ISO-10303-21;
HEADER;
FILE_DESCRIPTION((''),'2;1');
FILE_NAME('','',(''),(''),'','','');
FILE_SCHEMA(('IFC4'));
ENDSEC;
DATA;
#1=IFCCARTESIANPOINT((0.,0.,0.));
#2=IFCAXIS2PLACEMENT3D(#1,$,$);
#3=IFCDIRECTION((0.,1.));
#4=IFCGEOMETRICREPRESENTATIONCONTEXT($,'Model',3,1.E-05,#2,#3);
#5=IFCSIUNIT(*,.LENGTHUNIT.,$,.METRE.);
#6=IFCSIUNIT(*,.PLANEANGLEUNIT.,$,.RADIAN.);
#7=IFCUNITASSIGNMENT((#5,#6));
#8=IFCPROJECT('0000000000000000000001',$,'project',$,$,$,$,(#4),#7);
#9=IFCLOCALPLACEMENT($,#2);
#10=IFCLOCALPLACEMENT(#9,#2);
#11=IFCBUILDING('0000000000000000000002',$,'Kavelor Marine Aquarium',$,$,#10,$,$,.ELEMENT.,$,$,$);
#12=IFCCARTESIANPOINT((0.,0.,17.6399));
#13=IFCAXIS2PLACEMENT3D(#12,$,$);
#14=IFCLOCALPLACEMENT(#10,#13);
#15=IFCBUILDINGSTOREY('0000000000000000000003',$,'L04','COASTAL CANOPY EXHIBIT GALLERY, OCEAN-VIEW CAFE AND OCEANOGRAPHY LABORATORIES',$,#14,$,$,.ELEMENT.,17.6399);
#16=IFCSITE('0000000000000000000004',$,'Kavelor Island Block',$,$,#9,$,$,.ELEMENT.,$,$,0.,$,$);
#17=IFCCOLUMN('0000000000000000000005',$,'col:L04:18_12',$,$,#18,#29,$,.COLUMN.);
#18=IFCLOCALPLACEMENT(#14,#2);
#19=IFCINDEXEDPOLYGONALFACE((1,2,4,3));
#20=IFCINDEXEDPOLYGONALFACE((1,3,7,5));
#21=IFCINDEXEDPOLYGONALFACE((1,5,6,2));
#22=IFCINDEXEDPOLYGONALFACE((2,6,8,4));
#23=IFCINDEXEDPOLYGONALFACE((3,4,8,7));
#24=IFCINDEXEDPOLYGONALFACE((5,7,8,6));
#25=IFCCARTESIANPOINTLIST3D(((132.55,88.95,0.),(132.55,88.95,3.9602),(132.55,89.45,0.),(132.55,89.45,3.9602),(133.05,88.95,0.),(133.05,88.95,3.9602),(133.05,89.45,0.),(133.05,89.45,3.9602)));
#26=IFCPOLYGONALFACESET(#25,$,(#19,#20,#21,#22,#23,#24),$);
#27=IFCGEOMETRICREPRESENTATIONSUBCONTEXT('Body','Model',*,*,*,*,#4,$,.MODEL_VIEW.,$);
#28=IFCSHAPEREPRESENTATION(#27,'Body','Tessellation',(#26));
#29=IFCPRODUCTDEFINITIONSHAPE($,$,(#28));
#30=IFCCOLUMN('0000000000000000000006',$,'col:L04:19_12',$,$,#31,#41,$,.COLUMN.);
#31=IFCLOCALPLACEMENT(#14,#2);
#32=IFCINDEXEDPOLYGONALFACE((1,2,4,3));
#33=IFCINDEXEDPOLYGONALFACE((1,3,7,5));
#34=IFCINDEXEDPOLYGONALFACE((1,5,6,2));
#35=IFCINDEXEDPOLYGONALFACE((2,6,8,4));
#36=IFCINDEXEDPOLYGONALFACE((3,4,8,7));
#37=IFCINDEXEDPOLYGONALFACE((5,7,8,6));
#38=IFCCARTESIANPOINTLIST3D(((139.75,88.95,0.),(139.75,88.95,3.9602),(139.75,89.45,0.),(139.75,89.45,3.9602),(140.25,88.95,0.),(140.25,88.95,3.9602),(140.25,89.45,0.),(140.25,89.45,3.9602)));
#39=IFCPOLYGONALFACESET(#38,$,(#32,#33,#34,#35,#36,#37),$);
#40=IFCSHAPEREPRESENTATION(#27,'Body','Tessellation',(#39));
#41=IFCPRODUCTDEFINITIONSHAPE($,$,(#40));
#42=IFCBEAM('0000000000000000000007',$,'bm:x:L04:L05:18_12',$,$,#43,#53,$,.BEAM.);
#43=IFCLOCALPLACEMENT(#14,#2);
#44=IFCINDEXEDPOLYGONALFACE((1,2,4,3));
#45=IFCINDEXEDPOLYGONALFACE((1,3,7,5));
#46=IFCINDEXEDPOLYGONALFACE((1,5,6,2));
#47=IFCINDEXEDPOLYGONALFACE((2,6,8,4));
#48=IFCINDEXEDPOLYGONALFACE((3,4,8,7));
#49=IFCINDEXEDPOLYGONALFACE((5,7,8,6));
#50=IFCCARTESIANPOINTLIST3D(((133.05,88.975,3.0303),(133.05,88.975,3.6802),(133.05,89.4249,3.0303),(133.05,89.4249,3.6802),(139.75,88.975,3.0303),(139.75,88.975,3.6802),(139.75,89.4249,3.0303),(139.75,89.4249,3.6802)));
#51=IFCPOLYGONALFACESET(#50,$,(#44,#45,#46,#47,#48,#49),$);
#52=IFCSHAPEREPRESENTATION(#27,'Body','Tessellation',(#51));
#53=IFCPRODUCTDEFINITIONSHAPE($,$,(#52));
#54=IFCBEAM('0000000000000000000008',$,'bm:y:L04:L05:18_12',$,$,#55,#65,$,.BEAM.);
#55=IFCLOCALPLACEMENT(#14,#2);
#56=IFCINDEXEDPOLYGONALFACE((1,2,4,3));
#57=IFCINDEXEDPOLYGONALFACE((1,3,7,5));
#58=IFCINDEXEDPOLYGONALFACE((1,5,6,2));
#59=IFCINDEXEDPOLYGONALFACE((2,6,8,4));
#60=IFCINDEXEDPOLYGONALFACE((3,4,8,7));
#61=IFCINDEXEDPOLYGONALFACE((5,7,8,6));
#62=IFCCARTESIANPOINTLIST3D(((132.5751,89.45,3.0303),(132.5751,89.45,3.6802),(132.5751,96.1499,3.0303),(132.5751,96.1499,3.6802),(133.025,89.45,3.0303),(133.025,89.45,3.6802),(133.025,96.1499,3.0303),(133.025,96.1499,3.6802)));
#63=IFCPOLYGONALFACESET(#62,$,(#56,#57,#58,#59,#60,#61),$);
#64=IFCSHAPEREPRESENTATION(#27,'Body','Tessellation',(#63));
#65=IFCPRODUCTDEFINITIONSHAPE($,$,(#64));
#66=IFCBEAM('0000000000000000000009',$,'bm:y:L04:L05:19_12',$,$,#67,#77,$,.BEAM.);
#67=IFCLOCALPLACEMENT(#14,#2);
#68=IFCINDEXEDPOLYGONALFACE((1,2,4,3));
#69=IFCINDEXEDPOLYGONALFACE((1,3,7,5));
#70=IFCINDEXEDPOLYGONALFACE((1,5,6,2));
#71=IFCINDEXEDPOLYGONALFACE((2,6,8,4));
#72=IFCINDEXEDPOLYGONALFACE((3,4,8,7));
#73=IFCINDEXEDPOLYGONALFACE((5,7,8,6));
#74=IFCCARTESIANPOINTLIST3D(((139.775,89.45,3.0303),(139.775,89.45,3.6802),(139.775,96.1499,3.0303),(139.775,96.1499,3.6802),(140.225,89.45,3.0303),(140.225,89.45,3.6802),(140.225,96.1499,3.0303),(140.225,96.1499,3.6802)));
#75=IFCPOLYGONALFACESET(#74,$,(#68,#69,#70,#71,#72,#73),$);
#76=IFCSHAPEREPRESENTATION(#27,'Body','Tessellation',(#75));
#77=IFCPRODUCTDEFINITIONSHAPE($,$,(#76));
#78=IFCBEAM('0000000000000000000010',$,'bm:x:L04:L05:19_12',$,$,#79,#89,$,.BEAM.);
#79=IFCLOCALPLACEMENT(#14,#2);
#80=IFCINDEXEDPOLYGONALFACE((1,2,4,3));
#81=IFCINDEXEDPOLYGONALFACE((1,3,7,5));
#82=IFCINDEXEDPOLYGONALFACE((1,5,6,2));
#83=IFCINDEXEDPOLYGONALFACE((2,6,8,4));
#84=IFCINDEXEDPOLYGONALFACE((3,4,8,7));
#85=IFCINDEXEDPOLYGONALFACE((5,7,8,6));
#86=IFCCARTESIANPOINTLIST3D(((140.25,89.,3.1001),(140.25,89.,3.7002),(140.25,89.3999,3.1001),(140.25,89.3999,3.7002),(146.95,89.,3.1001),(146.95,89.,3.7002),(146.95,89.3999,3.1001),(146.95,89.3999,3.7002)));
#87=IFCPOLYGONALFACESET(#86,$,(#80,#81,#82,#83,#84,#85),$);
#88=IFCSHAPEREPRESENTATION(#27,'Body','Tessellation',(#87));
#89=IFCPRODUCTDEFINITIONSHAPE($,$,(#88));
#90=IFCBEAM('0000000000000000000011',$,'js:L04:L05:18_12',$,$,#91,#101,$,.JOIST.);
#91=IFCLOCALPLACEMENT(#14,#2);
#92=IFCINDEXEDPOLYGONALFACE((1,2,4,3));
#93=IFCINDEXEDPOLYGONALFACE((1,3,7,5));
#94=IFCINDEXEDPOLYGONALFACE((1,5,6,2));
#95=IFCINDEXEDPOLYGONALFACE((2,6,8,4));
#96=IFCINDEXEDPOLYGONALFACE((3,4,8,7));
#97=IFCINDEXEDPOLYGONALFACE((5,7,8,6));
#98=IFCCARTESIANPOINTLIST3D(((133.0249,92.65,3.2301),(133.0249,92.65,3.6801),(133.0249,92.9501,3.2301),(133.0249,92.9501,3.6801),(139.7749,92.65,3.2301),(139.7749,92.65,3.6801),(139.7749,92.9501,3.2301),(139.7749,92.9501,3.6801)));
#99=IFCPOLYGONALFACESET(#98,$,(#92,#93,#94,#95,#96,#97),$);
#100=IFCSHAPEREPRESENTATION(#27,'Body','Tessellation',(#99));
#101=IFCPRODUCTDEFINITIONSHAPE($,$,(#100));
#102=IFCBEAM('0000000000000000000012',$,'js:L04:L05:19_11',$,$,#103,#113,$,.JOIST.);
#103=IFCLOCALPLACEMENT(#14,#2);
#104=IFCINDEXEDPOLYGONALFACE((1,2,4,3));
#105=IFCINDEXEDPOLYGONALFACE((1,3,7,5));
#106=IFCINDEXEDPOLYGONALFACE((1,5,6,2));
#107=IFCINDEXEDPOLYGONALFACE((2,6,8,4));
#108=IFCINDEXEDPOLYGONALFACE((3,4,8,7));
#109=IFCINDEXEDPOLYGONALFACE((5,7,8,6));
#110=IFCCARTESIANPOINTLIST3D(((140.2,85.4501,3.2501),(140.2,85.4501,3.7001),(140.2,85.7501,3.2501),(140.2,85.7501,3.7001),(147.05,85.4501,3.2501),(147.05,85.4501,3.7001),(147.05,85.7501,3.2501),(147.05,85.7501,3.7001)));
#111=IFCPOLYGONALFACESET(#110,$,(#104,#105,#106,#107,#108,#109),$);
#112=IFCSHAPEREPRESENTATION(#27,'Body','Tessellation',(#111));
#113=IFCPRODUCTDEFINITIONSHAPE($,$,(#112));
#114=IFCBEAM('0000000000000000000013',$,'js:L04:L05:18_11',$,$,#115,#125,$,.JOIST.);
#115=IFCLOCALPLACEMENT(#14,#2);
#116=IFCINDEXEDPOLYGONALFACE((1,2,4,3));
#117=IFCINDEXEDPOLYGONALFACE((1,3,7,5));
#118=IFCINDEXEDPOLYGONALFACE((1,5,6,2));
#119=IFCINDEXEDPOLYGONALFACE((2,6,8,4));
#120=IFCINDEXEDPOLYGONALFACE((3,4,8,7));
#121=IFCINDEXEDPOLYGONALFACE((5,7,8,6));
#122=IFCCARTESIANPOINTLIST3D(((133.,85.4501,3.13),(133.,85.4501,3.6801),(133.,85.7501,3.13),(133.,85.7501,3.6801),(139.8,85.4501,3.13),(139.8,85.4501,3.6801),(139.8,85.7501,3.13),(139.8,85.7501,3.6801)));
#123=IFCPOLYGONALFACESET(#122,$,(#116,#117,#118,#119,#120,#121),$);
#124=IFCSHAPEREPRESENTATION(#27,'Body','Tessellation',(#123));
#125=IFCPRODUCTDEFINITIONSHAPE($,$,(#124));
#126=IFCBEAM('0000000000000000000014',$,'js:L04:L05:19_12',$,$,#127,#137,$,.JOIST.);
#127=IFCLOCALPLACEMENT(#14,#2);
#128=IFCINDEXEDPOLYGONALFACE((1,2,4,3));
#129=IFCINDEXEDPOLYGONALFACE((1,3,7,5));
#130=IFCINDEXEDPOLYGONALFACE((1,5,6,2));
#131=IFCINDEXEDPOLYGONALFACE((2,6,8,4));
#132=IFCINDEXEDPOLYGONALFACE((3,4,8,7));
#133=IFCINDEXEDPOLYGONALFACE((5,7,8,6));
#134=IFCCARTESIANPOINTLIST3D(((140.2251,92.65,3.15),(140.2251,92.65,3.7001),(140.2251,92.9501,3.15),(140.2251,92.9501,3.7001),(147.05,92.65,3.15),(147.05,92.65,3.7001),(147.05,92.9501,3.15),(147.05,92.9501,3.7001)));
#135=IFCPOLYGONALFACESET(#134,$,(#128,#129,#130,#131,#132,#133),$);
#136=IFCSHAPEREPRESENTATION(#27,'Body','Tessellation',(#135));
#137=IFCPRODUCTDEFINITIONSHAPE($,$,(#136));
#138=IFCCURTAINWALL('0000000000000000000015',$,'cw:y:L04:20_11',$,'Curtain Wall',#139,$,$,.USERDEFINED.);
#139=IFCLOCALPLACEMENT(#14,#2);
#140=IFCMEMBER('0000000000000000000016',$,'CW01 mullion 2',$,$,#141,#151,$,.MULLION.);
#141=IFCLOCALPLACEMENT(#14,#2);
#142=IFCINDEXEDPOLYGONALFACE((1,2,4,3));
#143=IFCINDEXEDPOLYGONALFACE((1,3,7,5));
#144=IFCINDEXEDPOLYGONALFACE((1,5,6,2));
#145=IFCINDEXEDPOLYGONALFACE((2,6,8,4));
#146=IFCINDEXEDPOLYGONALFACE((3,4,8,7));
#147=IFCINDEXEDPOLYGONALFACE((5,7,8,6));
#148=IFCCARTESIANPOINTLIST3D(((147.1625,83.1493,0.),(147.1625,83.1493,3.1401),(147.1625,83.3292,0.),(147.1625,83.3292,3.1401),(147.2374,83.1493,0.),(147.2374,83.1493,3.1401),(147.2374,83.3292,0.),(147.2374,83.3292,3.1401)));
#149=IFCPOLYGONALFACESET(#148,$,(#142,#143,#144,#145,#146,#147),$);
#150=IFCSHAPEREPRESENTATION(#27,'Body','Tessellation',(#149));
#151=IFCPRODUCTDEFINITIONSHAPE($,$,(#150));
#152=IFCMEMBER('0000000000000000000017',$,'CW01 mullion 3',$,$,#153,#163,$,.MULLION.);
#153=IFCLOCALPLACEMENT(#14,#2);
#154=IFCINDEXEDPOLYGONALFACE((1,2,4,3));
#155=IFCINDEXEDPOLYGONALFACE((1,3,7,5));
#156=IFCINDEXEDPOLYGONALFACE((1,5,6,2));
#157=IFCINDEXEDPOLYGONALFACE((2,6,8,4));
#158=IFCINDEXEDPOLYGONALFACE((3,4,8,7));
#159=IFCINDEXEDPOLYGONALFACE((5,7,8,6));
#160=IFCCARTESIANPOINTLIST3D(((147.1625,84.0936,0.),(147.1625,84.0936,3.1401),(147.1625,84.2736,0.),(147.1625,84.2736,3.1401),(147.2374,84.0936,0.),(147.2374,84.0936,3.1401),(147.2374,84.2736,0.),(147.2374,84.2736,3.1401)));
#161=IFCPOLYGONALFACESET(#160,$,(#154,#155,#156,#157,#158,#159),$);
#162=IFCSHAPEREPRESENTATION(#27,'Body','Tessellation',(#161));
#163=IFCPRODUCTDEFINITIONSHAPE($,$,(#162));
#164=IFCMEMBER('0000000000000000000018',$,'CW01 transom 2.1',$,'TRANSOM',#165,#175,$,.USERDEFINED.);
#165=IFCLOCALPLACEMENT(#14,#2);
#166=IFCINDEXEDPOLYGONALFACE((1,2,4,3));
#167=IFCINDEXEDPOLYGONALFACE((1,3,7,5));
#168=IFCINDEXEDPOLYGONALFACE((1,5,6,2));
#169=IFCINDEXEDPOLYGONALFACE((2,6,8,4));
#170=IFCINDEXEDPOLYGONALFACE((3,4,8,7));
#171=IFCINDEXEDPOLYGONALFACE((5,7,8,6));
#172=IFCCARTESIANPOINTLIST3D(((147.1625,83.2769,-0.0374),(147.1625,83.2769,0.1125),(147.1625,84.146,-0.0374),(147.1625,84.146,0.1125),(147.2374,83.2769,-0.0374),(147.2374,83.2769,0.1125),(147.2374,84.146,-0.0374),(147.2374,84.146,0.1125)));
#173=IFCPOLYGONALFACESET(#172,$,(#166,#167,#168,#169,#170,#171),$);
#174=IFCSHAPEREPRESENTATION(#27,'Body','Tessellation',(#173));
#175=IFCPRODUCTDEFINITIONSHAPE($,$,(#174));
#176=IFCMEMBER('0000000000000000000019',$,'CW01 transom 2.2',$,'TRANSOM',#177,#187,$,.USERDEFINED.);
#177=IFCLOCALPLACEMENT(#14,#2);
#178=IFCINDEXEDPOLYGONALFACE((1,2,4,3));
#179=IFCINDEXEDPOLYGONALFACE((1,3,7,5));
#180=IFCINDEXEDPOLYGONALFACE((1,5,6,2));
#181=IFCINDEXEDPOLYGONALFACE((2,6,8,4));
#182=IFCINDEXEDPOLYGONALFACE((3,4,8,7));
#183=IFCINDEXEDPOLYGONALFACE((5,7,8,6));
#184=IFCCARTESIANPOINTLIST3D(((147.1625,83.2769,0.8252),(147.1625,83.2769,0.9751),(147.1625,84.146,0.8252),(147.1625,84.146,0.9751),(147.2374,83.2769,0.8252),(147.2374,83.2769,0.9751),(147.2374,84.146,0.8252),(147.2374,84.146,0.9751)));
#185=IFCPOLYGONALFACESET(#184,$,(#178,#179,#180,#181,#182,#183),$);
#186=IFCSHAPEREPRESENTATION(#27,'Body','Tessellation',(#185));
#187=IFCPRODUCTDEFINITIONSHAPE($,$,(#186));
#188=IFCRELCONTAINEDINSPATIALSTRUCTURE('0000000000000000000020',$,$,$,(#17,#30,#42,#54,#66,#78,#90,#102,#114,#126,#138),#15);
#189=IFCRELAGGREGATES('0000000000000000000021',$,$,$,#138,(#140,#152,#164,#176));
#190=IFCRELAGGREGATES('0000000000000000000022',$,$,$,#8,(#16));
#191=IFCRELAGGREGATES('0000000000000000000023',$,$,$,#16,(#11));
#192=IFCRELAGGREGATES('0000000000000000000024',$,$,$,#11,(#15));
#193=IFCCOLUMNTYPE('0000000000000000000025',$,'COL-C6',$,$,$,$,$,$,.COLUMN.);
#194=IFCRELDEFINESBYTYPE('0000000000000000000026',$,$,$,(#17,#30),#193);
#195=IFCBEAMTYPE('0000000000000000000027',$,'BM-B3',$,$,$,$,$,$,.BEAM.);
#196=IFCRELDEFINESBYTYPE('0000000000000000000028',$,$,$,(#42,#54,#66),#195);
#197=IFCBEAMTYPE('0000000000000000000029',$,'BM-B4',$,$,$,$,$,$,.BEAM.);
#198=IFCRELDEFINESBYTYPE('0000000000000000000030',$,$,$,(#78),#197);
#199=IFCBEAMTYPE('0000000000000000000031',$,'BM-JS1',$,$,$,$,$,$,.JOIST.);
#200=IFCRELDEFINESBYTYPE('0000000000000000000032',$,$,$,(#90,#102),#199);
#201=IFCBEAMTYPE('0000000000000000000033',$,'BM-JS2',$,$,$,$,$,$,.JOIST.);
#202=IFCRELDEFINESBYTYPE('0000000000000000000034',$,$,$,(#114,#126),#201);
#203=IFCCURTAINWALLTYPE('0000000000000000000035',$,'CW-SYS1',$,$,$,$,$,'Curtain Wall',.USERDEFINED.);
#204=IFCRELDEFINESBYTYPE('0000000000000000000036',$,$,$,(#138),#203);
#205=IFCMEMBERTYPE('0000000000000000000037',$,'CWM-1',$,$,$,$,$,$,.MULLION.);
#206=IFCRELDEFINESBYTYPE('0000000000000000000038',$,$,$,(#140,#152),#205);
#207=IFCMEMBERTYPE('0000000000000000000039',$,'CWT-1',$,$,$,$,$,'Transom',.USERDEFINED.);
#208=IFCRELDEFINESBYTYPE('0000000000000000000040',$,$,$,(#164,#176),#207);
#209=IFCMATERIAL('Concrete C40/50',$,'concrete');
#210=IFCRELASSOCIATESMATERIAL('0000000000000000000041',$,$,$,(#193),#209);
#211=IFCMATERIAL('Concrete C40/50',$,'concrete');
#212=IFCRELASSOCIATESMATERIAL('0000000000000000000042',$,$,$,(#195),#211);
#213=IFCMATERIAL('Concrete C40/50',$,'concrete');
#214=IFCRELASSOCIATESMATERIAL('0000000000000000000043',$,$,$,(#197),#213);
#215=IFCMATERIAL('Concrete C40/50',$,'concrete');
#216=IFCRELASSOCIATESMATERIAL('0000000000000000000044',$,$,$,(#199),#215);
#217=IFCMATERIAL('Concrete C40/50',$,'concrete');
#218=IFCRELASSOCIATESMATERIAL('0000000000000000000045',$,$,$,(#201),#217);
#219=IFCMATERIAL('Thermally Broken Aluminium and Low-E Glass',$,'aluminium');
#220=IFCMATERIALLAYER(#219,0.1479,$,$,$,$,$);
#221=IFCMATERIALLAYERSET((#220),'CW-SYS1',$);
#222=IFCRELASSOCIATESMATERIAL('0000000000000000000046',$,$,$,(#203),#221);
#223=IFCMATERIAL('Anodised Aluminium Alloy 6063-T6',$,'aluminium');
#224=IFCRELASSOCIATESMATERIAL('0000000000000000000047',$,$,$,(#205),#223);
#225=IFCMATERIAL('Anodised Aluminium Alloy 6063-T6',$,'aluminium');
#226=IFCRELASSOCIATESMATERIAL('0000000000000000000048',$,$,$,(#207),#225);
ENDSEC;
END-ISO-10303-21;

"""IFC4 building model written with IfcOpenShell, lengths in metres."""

from ifc_helpers import new_model, si_unit, direction, frame, origin, origin_2d, place, context, subcontext, project, spatial, rectangle, extrude, material, layer, layer_set, material_profile, profile_set, type_object, element, aggregate, save


model = new_model("IFC4")

# Units and contexts
model_context = context("Model", 3, precision=1e-05, world=origin(), true_north=direction((0.0, 1.0)))
body_context = subcontext(model_context, "Body", "Model", "MODEL_VIEW")
ifc_project = project(units=[si_unit("LENGTHUNIT", "METRE"), si_unit("PLANEANGLEUNIT", "RADIAN")], contexts=[model_context])

# Site, building, storey
site_placement = place(None, origin())
site = spatial("IfcSite", under=ifc_project, at=site_placement, Name="Kavelor Island Block", CompositionType="ELEMENT", RefElevation=0.0)
building_placement = place(site_placement, origin())
building = spatial("IfcBuilding", under=site, at=building_placement, Name="Kavelor Marine Aquarium", CompositionType="ELEMENT")
storey_placement = place(building_placement, frame((0.0, 0.0, 17.6399)))
storey = spatial("IfcBuildingStorey", under=building, at=storey_placement, Name="L04", Description="COASTAL CANOPY EXHIBIT GALLERY, OCEAN-VIEW CAFE AND OCEANOGRAPHY LABORATORIES", CompositionType="ELEMENT", Elevation=17.6399)

# Columns
ifc_material_1 = material(Name="Concrete C40/50", Category="concrete")
ifc_material_profile_1 = material_profile(ifc_material_1, rectangle(XDim=0.5, YDim=0.5, at=origin_2d()), Name="RC-COL 500x500")
ifc_profile_set_1 = profile_set([ifc_material_profile_1], Name="Concrete C40/50")
column_type = type_object("IfcColumnType", Name="COL-C6", PredefinedType="COLUMN", material=ifc_profile_set_1)
for number, where, z_axis, x_axis, name in (
    (1, (132.8, 89.2, 0.0), (0.0, 0.0, 1.0), (1.0, 0.0, 0.0), "col:L04:18_12"),
    (2, (140.0, 89.2, 0.0), (0.0, 0.0, 1.0), (1.0, 0.0, 0.0), "col:L04:19_12"),
):
    element("IfcColumn", number, at=place(storey_placement, frame(where, z_axis=z_axis, x_axis=x_axis)), inside=storey, type_object=column_type, Name=name, PredefinedType="COLUMN", context=body_context, shape_type="SweptSolid", body=[
        extrude(rectangle(XDim=0.5, YDim=0.5, at=origin_2d()), origin(), (0.0, 0.0, 1.0), 3.9602),
    ])

# Beams
ifc_material_2 = material(Name="Concrete C40/50", Category="concrete")
ifc_material_profile_2 = material_profile(ifc_material_2, rectangle(XDim=0.45, YDim=0.6499, at=origin_2d()), Name="RC-BM 450x650")
ifc_profile_set_2 = profile_set([ifc_material_profile_2], Name="Concrete C40/50")
beam_type_1 = type_object("IfcBeamType", Name="BM-B3", PredefinedType="BEAM", material=ifc_profile_set_2)
for number, where, z_axis, x_axis, name in (
    (3, (133.05, 89.2, 3.3552), (1.0, 0.0, 0.0), (0.0, 1.0, 0.0), "bm:x:L04:L05:18_12"),
    (4, (132.8, 89.45, 3.3552), (0.0, 1.0, 0.0), (-1.0, 0.0, 0.0), "bm:y:L04:L05:18_12"),
    (5, (140.0, 89.45, 3.3552), (0.0, 1.0, 0.0), (-1.0, 0.0, 0.0), "bm:y:L04:L05:19_12"),
):
    element("IfcBeam", number, at=place(storey_placement, frame(where, z_axis=z_axis, x_axis=x_axis)), inside=storey, type_object=beam_type_1, Name=name, PredefinedType="BEAM", context=body_context, shape_type="SweptSolid", body=[
        extrude(rectangle(XDim=0.45, YDim=0.6499, at=origin_2d()), origin(), (0.0, 0.0, 1.0), 6.7),
    ])
ifc_material_3 = material(Name="Concrete C40/50", Category="concrete")
ifc_material_profile_3 = material_profile(ifc_material_3, rectangle(XDim=0.3999, YDim=0.6001, at=origin_2d()), Name="RC-BM 400x600")
ifc_profile_set_3 = profile_set([ifc_material_profile_3], Name="Concrete C40/50")
beam_type_2 = type_object("IfcBeamType", Name="BM-B4", PredefinedType="BEAM", material=ifc_profile_set_3)
beam_1_placement = place(storey_placement, frame((140.25, 89.2, 3.4001), z_axis=(1.0, 0.0, 0.0), x_axis=(0.0, 1.0, 0.0)))
element("IfcBeam", 6, at=beam_1_placement, inside=storey, type_object=beam_type_2, Name="bm:x:L04:L05:19_12", PredefinedType="BEAM", context=body_context, shape_type="SweptSolid", body=[
    extrude(rectangle(XDim=0.3999, YDim=0.6001, at=origin_2d()), origin(), (0.0, 0.0, 1.0), 6.7),
])
ifc_material_4 = material(Name="Concrete C40/50", Category="concrete")
ifc_material_profile_4 = material_profile(ifc_material_4, rectangle(XDim=0.3, YDim=0.45, at=origin_2d()), Name="RC-JS 300x450")
ifc_profile_set_4 = profile_set([ifc_material_profile_4], Name="Concrete C40/50")
beam_type_3 = type_object("IfcBeamType", Name="BM-JS1", PredefinedType="JOIST", material=ifc_profile_set_4)
beam_2_placement = place(storey_placement, frame((133.0249, 92.8, 3.4551), z_axis=(1.0, 0.0, 0.0), x_axis=(0.0, 1.0, 0.0)))
element("IfcBeam", 7, at=beam_2_placement, inside=storey, type_object=beam_type_3, Name="js:L04:L05:18_12", PredefinedType="JOIST", context=body_context, shape_type="SweptSolid", body=[
    extrude(rectangle(XDim=0.3, YDim=0.45, at=origin_2d()), origin(), (0.0, 0.0, 1.0), 6.75),
])
beam_3_placement = place(storey_placement, frame((140.2, 85.6001, 3.4751), z_axis=(1.0, 0.0, 0.0), x_axis=(0.0, 1.0, 0.0)))
element("IfcBeam", 8, at=beam_3_placement, inside=storey, type_object=beam_type_3, Name="js:L04:L05:19_11", PredefinedType="JOIST", context=body_context, shape_type="SweptSolid", body=[
    extrude(rectangle(XDim=0.3, YDim=0.45, at=origin_2d()), origin(), (0.0, 0.0, 1.0), 6.8501),
])
ifc_material_5 = material(Name="Concrete C40/50", Category="concrete")
ifc_material_profile_5 = material_profile(ifc_material_5, rectangle(XDim=0.3, YDim=0.55, at=origin_2d()), Name="RC-JS 300x550")
ifc_profile_set_5 = profile_set([ifc_material_profile_5], Name="Concrete C40/50")
beam_type_4 = type_object("IfcBeamType", Name="BM-JS2", PredefinedType="JOIST", material=ifc_profile_set_5)
beam_4_placement = place(storey_placement, frame((133.0, 85.6001, 3.405), z_axis=(1.0, 0.0, 0.0), x_axis=(0.0, 1.0, 0.0)))
element("IfcBeam", 9, at=beam_4_placement, inside=storey, type_object=beam_type_4, Name="js:L04:L05:18_11", PredefinedType="JOIST", context=body_context, shape_type="SweptSolid", body=[
    extrude(rectangle(XDim=0.3, YDim=0.55, at=origin_2d()), origin(), (0.0, 0.0, 1.0), 6.8),
])
beam_5_placement = place(storey_placement, frame((140.2251, 92.8, 3.425), z_axis=(1.0, 0.0, 0.0), x_axis=(0.0, 1.0, 0.0)))
element("IfcBeam", 10, at=beam_5_placement, inside=storey, type_object=beam_type_4, Name="js:L04:L05:19_12", PredefinedType="JOIST", context=body_context, shape_type="SweptSolid", body=[
    extrude(rectangle(XDim=0.3, YDim=0.55, at=origin_2d()), origin(), (0.0, 0.0, 1.0), 6.825),
])

# Curtain wall, members
ifc_material_6 = material(Name="Thermally Broken Aluminium and Low-E Glass", Category="aluminium")
ifc_layer_1 = layer(ifc_material_6, 0.1479)
ifc_layer_set_1 = layer_set([ifc_layer_1], Name="CW-SYS1")
curtain_wall_type = type_object("IfcCurtainWallType", Name="CW-SYS1", ElementType="Curtain Wall", PredefinedType="USERDEFINED", material=ifc_layer_set_1)
curtain_wall_placement = place(storey_placement, origin())
curtain_wall = element("IfcCurtainWall", 11, at=curtain_wall_placement, inside=storey, type_object=curtain_wall_type, Name="cw:y:L04:20_11", ObjectType="Curtain Wall", PredefinedType="USERDEFINED")
ifc_material_7 = material(Name="Anodised Aluminium Alloy 6063-T6", Category="aluminium")
ifc_material_profile_6 = material_profile(ifc_material_7, rectangle(XDim=0.075, YDim=0.1799, at=origin_2d()), Name="CW-MUL 75x180")
ifc_profile_set_6 = profile_set([ifc_material_profile_6], Name="Anodised Aluminium Alloy 6063-T6")
member_type_1 = type_object("IfcMemberType", Name="CWM-1", PredefinedType="MULLION", material=ifc_profile_set_6)
member_1_placement = place(storey_placement, frame((147.2, 83.2393, 0.0), z_axis=(0.0, 0.0, 1.0), x_axis=(-1.0, 0.0, 0.0)))
member_1 = element("IfcMember", 12, at=member_1_placement, type_object=member_type_1, Name="CW01 mullion 2", PredefinedType="MULLION", context=body_context, shape_type="SweptSolid", body=[
    extrude(rectangle(XDim=0.075, YDim=0.1799, at=origin_2d()), origin(), (0.0, 0.0, 1.0), 3.1401),
])
member_2_placement = place(storey_placement, frame((147.2, 84.1836, 0.0), z_axis=(0.0, 0.0, 1.0), x_axis=(-1.0, 0.0, 0.0)))
member_2 = element("IfcMember", 13, at=member_2_placement, type_object=member_type_1, Name="CW01 mullion 3", PredefinedType="MULLION", context=body_context, shape_type="SweptSolid", body=[
    extrude(rectangle(XDim=0.075, YDim=0.1799, at=origin_2d()), origin(), (0.0, 0.0, 1.0), 3.1401),
])
ifc_material_8 = material(Name="Anodised Aluminium Alloy 6063-T6", Category="aluminium")
ifc_material_profile_7 = material_profile(ifc_material_8, rectangle(XDim=0.075, YDim=0.1499, at=origin_2d()), Name="CW-TRN 75x150")
ifc_profile_set_7 = profile_set([ifc_material_profile_7], Name="Anodised Aluminium Alloy 6063-T6")
member_type_2 = type_object("IfcMemberType", Name="CWT-1", ElementType="Transom", PredefinedType="USERDEFINED", material=ifc_profile_set_7)
member_3_placement = place(storey_placement, frame((147.2, 83.2769, 0.0376), z_axis=(0.0, 1.0, 0.0), x_axis=(-1.0, 0.0, 0.0)))
member_3 = element("IfcMember", 14, at=member_3_placement, type_object=member_type_2, Name="CW01 transom 2.1", ObjectType="TRANSOM", PredefinedType="USERDEFINED", context=body_context, shape_type="SweptSolid", body=[
    extrude(rectangle(XDim=0.075, YDim=0.1499, at=origin_2d()), origin(), (0.0, 0.0, 1.0), 0.8691),
])
member_4_placement = place(storey_placement, frame((147.2, 83.2769, 0.9001), z_axis=(0.0, 1.0, 0.0), x_axis=(-1.0, 0.0, 0.0)))
member_4 = element("IfcMember", 15, at=member_4_placement, type_object=member_type_2, Name="CW01 transom 2.2", ObjectType="TRANSOM", PredefinedType="USERDEFINED", context=body_context, shape_type="SweptSolid", body=[
    extrude(rectangle(XDim=0.075, YDim=0.1499, at=origin_2d()), origin(), (0.0, 0.0, 1.0), 0.8691),
])
aggregate(curtain_wall, [member_1, member_2, member_3, member_4])

save(model, "model.ifc")
